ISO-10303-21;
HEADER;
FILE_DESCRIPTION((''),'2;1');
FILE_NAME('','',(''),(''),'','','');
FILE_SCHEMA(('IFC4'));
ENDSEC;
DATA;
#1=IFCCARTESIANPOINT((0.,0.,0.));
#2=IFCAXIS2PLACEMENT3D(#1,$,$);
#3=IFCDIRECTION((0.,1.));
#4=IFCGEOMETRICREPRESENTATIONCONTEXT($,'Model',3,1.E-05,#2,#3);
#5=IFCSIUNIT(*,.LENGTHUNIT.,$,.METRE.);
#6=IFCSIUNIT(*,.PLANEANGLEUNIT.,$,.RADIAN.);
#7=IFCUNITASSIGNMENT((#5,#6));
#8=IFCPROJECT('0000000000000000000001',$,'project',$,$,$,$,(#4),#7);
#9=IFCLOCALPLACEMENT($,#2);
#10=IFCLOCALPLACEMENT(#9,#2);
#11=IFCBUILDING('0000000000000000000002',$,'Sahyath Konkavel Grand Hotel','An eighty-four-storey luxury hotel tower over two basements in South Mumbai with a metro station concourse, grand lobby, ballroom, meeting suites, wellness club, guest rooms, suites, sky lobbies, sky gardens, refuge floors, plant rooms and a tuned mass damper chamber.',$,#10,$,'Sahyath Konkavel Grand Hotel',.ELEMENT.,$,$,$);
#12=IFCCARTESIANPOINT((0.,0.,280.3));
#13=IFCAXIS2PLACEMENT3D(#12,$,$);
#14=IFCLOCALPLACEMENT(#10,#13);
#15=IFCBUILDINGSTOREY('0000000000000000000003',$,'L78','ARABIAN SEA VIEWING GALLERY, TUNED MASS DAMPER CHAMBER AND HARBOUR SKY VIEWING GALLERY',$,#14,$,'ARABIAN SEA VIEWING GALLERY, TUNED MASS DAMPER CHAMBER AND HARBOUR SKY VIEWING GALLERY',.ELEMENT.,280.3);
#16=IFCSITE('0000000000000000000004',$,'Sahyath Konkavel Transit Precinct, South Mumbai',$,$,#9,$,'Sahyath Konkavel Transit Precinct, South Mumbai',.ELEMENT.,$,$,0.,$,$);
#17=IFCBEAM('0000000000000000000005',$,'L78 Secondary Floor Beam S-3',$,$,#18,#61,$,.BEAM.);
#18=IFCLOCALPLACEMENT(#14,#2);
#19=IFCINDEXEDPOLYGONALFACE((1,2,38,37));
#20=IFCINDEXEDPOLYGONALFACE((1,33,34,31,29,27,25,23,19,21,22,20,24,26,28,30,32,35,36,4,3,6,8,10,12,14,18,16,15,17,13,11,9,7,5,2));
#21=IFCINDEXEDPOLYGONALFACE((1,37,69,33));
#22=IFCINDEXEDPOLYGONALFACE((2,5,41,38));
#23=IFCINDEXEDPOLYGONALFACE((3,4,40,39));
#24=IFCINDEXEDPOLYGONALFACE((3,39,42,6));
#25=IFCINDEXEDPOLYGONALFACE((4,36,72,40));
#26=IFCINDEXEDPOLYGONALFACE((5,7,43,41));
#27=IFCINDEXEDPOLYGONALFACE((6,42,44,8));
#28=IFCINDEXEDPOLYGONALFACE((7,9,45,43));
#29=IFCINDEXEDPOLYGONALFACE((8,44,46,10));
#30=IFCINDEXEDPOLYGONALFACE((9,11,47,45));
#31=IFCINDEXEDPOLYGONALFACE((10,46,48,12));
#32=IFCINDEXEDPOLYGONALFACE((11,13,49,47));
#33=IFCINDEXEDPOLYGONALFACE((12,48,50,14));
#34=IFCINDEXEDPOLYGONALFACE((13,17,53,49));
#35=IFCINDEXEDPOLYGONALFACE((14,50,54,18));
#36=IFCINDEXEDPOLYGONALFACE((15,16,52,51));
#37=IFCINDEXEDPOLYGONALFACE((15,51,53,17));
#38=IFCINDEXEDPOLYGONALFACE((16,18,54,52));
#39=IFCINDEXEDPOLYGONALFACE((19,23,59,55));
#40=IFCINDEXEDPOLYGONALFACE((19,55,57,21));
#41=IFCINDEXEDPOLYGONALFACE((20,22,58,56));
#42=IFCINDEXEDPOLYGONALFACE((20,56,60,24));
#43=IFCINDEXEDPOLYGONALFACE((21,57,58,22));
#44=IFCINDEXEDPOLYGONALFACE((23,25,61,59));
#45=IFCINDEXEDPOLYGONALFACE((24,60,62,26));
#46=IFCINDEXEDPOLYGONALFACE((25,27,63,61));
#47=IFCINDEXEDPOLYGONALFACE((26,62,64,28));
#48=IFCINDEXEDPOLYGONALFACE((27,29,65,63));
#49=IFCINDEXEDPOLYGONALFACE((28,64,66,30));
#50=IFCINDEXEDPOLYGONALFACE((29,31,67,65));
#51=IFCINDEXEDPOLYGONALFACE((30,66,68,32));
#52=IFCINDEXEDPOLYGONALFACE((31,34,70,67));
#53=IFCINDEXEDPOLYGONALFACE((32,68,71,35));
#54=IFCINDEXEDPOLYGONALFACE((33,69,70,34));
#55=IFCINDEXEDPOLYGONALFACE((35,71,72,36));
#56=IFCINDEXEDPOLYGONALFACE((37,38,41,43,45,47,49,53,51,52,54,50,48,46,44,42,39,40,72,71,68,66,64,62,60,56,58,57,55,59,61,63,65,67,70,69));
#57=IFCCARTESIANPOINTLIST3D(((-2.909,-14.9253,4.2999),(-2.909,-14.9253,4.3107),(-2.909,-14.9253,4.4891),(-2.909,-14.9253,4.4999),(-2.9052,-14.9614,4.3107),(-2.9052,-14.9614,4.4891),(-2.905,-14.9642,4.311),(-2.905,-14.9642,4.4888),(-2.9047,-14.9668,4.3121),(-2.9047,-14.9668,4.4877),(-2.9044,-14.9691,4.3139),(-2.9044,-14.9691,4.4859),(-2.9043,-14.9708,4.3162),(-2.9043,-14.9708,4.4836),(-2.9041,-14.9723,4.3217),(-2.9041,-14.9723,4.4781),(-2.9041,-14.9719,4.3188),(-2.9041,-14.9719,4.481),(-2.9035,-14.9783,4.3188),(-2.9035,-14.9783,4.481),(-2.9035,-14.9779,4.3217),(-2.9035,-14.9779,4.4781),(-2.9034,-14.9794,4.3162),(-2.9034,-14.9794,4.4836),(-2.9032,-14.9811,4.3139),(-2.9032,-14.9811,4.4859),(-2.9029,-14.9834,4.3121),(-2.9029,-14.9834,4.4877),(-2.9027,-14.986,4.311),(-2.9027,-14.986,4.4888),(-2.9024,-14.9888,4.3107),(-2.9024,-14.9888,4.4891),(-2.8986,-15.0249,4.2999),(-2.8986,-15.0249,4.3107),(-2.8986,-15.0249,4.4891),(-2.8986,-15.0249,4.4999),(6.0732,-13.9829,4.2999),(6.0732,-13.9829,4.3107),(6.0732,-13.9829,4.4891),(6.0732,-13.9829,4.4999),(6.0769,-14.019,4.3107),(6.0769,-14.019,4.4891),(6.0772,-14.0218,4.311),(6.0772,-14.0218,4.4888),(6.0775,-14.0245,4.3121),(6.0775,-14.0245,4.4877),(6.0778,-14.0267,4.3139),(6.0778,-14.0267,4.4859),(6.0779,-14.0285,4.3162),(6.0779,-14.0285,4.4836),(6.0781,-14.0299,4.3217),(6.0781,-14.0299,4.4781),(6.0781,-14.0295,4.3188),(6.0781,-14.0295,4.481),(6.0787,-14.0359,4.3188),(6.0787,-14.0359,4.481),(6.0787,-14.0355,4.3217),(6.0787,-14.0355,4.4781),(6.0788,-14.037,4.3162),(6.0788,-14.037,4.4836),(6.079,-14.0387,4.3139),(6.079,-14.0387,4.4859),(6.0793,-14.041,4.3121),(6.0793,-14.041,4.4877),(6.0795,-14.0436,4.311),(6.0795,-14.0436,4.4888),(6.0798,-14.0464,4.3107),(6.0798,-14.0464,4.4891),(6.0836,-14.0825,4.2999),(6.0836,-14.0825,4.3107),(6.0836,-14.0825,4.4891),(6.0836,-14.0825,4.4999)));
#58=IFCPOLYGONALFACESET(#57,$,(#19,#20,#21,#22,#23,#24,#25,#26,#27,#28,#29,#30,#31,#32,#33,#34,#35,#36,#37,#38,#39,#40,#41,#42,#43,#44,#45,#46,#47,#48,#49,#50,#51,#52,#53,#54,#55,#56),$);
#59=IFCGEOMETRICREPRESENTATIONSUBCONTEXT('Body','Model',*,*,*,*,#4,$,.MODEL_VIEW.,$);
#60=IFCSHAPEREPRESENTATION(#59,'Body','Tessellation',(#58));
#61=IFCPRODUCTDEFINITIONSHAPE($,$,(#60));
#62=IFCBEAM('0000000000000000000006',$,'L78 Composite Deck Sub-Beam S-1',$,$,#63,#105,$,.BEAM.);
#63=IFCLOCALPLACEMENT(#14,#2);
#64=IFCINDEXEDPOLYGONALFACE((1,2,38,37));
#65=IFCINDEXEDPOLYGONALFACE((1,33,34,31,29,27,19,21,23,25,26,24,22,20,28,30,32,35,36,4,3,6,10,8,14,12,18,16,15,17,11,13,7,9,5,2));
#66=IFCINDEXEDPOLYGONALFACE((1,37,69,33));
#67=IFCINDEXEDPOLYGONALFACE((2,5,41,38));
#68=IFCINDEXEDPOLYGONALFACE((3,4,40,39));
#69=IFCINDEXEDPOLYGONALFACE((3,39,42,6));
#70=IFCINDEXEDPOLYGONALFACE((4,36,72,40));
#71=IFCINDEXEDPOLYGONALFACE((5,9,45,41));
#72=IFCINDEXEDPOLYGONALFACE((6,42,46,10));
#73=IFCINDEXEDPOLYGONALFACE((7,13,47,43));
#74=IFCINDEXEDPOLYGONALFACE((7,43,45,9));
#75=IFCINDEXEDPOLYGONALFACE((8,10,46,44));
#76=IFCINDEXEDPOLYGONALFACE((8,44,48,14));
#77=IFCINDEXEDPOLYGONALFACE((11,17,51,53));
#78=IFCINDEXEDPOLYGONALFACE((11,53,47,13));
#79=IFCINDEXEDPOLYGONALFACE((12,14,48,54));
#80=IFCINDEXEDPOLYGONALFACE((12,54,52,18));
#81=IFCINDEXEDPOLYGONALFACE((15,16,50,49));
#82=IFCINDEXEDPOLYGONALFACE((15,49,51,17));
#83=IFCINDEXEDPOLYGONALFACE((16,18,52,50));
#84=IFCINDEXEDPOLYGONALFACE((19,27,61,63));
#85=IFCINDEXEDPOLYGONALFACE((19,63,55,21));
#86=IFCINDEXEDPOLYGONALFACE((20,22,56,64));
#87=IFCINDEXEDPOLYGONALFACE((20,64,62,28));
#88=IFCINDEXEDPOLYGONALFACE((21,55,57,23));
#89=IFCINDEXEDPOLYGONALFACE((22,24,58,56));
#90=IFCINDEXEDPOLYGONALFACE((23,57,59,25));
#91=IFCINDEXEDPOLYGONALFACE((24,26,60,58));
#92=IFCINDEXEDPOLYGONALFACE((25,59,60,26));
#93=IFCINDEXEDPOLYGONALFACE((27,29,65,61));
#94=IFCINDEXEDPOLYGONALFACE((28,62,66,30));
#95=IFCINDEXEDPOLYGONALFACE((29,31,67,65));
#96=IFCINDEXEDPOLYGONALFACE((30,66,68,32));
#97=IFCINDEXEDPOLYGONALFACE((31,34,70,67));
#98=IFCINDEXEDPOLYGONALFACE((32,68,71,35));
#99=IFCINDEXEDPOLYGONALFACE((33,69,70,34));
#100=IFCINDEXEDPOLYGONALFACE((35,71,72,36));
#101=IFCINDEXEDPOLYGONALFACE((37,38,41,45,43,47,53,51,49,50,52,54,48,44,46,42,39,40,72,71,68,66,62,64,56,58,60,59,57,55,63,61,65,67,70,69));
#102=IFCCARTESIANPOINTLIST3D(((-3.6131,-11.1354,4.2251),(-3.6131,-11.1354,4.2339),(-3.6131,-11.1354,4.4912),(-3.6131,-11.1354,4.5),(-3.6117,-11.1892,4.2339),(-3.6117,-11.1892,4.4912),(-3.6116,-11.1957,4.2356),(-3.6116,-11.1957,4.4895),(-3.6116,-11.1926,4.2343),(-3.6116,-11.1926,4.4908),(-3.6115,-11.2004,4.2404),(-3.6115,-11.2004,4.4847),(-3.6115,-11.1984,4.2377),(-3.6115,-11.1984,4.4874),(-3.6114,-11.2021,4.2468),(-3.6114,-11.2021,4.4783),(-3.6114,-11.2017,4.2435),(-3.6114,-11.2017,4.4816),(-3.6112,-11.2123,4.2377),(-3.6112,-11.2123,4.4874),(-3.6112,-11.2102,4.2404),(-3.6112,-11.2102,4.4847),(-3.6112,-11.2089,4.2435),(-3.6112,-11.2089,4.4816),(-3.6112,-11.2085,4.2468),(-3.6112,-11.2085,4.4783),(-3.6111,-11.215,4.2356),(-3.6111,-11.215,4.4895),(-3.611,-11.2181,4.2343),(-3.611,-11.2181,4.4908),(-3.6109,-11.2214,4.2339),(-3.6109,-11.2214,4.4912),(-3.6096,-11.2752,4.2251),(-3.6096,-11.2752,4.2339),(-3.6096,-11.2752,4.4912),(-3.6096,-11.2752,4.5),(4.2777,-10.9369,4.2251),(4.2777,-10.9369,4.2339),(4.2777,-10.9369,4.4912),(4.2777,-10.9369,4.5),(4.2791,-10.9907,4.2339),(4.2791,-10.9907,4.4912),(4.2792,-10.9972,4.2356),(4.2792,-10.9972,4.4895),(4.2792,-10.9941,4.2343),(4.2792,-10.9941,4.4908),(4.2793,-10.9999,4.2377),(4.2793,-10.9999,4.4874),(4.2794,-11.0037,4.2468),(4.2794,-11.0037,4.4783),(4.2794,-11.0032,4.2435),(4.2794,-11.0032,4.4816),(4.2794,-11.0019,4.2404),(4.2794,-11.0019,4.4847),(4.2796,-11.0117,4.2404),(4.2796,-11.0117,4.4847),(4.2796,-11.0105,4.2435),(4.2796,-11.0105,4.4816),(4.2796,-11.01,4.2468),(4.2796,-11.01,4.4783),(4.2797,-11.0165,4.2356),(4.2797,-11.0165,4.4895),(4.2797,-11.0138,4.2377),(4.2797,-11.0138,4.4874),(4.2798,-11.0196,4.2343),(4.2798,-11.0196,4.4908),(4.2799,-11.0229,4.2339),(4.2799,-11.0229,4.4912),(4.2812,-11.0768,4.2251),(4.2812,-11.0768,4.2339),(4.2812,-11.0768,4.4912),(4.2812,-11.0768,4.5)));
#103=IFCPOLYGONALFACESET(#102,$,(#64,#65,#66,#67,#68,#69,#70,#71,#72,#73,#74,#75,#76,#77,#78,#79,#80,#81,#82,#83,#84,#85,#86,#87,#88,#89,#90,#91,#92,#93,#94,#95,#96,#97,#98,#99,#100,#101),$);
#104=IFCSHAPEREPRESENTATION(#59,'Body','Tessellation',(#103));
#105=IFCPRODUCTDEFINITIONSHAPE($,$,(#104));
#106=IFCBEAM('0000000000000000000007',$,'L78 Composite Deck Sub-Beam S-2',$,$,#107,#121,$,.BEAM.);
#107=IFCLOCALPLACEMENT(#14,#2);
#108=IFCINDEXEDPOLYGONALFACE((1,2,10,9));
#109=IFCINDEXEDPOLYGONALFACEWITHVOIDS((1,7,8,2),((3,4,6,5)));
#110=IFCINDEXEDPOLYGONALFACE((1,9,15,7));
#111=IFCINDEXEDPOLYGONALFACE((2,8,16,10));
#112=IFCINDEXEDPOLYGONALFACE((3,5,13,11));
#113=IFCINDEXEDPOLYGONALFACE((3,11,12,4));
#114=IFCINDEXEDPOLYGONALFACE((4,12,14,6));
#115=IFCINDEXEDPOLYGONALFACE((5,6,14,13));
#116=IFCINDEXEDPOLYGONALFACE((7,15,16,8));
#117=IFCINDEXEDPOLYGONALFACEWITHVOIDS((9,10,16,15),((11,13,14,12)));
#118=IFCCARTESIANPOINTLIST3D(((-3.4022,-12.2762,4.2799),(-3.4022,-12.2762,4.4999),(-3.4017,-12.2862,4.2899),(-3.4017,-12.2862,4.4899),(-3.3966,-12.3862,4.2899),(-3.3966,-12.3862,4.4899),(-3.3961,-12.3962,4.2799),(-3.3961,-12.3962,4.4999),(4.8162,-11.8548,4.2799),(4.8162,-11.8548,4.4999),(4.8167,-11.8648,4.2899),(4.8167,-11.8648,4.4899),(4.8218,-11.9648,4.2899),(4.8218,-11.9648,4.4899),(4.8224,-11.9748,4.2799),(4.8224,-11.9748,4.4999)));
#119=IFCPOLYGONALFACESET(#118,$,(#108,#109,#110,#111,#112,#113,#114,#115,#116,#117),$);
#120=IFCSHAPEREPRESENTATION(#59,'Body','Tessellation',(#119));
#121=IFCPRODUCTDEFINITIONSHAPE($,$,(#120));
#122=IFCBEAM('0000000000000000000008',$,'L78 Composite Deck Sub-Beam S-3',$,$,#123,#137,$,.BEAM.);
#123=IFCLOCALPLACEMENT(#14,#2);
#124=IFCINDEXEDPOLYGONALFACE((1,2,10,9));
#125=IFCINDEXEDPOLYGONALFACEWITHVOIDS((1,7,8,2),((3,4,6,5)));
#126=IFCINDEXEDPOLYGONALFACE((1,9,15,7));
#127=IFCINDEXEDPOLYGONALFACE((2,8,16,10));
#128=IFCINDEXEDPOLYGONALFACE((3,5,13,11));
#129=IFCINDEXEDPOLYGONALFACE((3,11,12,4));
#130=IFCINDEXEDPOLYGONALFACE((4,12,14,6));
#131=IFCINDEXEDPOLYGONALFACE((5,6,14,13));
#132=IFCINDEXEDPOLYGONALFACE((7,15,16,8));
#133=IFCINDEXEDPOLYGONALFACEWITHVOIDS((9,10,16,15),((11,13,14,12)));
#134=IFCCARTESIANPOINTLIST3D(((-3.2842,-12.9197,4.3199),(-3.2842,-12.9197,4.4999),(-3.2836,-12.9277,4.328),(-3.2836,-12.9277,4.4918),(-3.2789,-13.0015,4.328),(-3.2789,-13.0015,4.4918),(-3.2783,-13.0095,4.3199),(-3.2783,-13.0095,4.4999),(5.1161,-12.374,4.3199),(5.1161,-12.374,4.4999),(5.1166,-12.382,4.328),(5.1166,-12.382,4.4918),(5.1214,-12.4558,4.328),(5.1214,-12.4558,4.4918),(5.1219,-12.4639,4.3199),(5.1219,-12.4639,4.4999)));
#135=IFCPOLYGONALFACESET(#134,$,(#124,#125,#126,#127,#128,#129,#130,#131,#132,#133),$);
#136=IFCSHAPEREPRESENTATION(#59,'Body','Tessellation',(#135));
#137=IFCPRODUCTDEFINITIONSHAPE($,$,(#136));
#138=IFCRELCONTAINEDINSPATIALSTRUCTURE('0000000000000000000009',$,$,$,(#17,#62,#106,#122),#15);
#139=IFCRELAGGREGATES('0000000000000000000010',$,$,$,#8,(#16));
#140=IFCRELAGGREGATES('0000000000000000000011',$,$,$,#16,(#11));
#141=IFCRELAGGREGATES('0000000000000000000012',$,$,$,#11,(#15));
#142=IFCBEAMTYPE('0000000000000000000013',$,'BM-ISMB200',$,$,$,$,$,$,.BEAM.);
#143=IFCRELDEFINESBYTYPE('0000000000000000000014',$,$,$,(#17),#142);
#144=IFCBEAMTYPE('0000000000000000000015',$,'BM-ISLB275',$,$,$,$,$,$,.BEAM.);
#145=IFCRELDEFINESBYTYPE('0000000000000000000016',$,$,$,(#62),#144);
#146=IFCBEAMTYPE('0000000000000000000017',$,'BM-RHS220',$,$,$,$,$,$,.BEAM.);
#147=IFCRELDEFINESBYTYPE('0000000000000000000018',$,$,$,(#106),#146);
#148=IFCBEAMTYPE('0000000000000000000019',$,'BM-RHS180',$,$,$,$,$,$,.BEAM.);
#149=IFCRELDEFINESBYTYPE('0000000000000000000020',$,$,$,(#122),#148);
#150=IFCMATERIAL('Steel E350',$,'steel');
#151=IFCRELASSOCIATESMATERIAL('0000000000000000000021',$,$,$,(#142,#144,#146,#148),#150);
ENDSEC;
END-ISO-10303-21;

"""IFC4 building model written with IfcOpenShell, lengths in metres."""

from ifc_helpers import new_model, si_unit, direction, frame, origin, origin_2d, place, context, subcontext, project, spatial, hollow_rectangle, i_section, extrude, source, transform, mapped, material, material_profile, profile_set, type_object, element, save


model = new_model("IFC4")

# Units and contexts
model_context = context("Model", 3, precision=1e-05, world=origin(), true_north=direction((0.0, 1.0)))
body_context = subcontext(model_context, "Body", "Model", "MODEL_VIEW")
ifc_project = project(units=[si_unit("LENGTHUNIT", "METRE"), si_unit("PLANEANGLEUNIT", "RADIAN")], contexts=[model_context])

# Site, building, storey
site_placement = place(None, origin())
site = spatial("IfcSite", under=ifc_project, at=site_placement, Name="Sahyath Konkavel Transit Precinct, South Mumbai", LongName="Sahyath Konkavel Transit Precinct, South Mumbai", CompositionType="ELEMENT", RefElevation=0.0)
building_placement = place(site_placement, origin())
building = spatial("IfcBuilding", under=site, at=building_placement, Name="Sahyath Konkavel Grand Hotel", Description="An eighty-four-storey luxury hotel tower over two basements in South Mumbai with a metro station concourse, grand lobby, ballroom, meeting suites, wellness club, guest rooms, suites, sky lobbies, sky gardens, refuge floors, plant rooms and a tuned mass damper chamber.", LongName="Sahyath Konkavel Grand Hotel", CompositionType="ELEMENT")
storey_placement = place(building_placement, frame((0.0, 0.0, 280.3)))
storey = spatial("IfcBuildingStorey", under=building, at=storey_placement, Name="L78", Description="ARABIAN SEA VIEWING GALLERY, TUNED MASS DAMPER CHAMBER AND HARBOUR SKY VIEWING GALLERY", LongName="ARABIAN SEA VIEWING GALLERY, TUNED MASS DAMPER CHAMBER AND HARBOUR SKY VIEWING GALLERY", CompositionType="ELEMENT", Elevation=280.3)

# Beams
ifc_material_1 = material(Name="Steel E350", Category="steel")
ifc_material_profile_1 = material_profile(ifc_material_1, i_section(OverallWidth=0.1001, OverallDepth=0.2, WebThickness=0.0056, FlangeThickness=0.0107, FilletRadius=0.011, at=origin_2d()), Name="ISMB 200")
ifc_profile_set_1 = profile_set([ifc_material_profile_1], Name="Steel E350")
beam_type_1 = type_object("IfcBeamType", Name="BM-ISMB200", PredefinedType="BEAM", material=ifc_profile_set_1)
shared_shape_1 = source(origin(), body_context, "Body", "SweptSolid", [
    extrude(i_section(OverallWidth=0.1001, OverallDepth=0.2, WebThickness=0.0056, FlangeThickness=0.0107, FilletRadius=0.011, at=origin_2d()), origin(), (0.0, 0.0, 1.0), 9.0315),
])
beam_1_placement = place(storey_placement, frame((-2.9038, -14.9751, 4.3999), z_axis=(0.994541, 0.104344, 0.0), x_axis=(-0.104344, 0.994541, 0.0)))
element("IfcBeam", 1, at=beam_1_placement, inside=storey, type_object=beam_type_1, Name="L78 Secondary Floor Beam S-3", PredefinedType="BEAM", context=body_context, shape_type="MappedRepresentation", body=[
    mapped(shared_shape_1, transform((0.0, 0.0, 0.0), scale=1.0)),
])
ifc_material_profile_2 = material_profile(ifc_material_1, i_section(OverallWidth=0.1399, OverallDepth=0.2749, WebThickness=0.0063, FlangeThickness=0.0088, FilletRadius=0.0129, at=origin_2d()), Name="ISLB 275")
ifc_profile_set_2 = profile_set([ifc_material_profile_2], Name="Steel E350")
beam_type_2 = type_object("IfcBeamType", Name="BM-ISLB275", PredefinedType="BEAM", material=ifc_profile_set_2)
shared_shape_2 = source(origin(), body_context, "Body", "SweptSolid", [
    extrude(i_section(OverallWidth=0.1399, OverallDepth=0.2749, WebThickness=0.0063, FlangeThickness=0.0088, FilletRadius=0.0129, at=origin_2d()), origin(), (0.0, 0.0, 1.0), 7.8933),
])
beam_2_placement = place(storey_placement, frame((-3.6113, -11.2053, 4.3625), z_axis=(0.999684, 0.025146, 0.0), x_axis=(-0.025146, 0.999684, 0.0)))
element("IfcBeam", 2, at=beam_2_placement, inside=storey, type_object=beam_type_2, Name="L78 Composite Deck Sub-Beam S-1", PredefinedType="BEAM", context=body_context, shape_type="MappedRepresentation", body=[
    mapped(shared_shape_2, transform((0.0, 0.0, 0.0), scale=1.0)),
])
ifc_material_profile_3 = material_profile(ifc_material_1, hollow_rectangle(XDim=0.1201, YDim=0.22, WallThickness=0.01, at=origin_2d()), Name="RHS 220x120x10")
ifc_profile_set_3 = profile_set([ifc_material_profile_3], Name="Steel E350")
beam_type_3 = type_object("IfcBeamType", Name="BM-RHS220", PredefinedType="BEAM", material=ifc_profile_set_3)
shared_shape_3 = source(origin(), body_context, "Body", "SweptSolid", [
    extrude(hollow_rectangle(XDim=0.1201, YDim=0.22, WallThickness=0.01, at=origin_2d()), origin(), (0.0, 0.0, 1.0), 8.2292),
])
beam_3_placement = place(storey_placement, frame((-3.3992, -12.3362, 4.3899), z_axis=(0.998688, 0.051206, 0.0), x_axis=(-0.051206, 0.998688, 0.0)))
element("IfcBeam", 3, at=beam_3_placement, inside=storey, type_object=beam_type_3, Name="L78 Composite Deck Sub-Beam S-2", PredefinedType="BEAM", context=body_context, shape_type="MappedRepresentation", body=[
    mapped(shared_shape_3, transform((0.0, 0.0, 0.0), scale=1.0)),
])
ifc_material_profile_4 = material_profile(ifc_material_1, hollow_rectangle(XDim=0.0901, YDim=0.1799, WallThickness=0.0081, at=origin_2d()), Name="RHS 180x90x8")
ifc_profile_set_4 = profile_set([ifc_material_profile_4], Name="Steel E350")
beam_type_4 = type_object("IfcBeamType", Name="BM-RHS180", PredefinedType="BEAM", material=ifc_profile_set_4)
shared_shape_4 = source(origin(), body_context, "Body", "SweptSolid", [
    extrude(hollow_rectangle(XDim=0.0901, YDim=0.1799, WallThickness=0.0081, at=origin_2d()), origin(), (0.0, 0.0, 1.0), 8.418),
])
beam_4_placement = place(storey_placement, frame((-3.2812, -12.9646, 4.4099), z_axis=(0.997897, 0.064821, 0.0), x_axis=(-0.064821, 0.997897, 0.0)))
element("IfcBeam", 4, at=beam_4_placement, inside=storey, type_object=beam_type_4, Name="L78 Composite Deck Sub-Beam S-3", PredefinedType="BEAM", context=body_context, shape_type="MappedRepresentation", body=[
    mapped(shared_shape_4, transform((0.0, 0.0, 0.0), scale=1.0)),
])

save(model, "model.ifc")
